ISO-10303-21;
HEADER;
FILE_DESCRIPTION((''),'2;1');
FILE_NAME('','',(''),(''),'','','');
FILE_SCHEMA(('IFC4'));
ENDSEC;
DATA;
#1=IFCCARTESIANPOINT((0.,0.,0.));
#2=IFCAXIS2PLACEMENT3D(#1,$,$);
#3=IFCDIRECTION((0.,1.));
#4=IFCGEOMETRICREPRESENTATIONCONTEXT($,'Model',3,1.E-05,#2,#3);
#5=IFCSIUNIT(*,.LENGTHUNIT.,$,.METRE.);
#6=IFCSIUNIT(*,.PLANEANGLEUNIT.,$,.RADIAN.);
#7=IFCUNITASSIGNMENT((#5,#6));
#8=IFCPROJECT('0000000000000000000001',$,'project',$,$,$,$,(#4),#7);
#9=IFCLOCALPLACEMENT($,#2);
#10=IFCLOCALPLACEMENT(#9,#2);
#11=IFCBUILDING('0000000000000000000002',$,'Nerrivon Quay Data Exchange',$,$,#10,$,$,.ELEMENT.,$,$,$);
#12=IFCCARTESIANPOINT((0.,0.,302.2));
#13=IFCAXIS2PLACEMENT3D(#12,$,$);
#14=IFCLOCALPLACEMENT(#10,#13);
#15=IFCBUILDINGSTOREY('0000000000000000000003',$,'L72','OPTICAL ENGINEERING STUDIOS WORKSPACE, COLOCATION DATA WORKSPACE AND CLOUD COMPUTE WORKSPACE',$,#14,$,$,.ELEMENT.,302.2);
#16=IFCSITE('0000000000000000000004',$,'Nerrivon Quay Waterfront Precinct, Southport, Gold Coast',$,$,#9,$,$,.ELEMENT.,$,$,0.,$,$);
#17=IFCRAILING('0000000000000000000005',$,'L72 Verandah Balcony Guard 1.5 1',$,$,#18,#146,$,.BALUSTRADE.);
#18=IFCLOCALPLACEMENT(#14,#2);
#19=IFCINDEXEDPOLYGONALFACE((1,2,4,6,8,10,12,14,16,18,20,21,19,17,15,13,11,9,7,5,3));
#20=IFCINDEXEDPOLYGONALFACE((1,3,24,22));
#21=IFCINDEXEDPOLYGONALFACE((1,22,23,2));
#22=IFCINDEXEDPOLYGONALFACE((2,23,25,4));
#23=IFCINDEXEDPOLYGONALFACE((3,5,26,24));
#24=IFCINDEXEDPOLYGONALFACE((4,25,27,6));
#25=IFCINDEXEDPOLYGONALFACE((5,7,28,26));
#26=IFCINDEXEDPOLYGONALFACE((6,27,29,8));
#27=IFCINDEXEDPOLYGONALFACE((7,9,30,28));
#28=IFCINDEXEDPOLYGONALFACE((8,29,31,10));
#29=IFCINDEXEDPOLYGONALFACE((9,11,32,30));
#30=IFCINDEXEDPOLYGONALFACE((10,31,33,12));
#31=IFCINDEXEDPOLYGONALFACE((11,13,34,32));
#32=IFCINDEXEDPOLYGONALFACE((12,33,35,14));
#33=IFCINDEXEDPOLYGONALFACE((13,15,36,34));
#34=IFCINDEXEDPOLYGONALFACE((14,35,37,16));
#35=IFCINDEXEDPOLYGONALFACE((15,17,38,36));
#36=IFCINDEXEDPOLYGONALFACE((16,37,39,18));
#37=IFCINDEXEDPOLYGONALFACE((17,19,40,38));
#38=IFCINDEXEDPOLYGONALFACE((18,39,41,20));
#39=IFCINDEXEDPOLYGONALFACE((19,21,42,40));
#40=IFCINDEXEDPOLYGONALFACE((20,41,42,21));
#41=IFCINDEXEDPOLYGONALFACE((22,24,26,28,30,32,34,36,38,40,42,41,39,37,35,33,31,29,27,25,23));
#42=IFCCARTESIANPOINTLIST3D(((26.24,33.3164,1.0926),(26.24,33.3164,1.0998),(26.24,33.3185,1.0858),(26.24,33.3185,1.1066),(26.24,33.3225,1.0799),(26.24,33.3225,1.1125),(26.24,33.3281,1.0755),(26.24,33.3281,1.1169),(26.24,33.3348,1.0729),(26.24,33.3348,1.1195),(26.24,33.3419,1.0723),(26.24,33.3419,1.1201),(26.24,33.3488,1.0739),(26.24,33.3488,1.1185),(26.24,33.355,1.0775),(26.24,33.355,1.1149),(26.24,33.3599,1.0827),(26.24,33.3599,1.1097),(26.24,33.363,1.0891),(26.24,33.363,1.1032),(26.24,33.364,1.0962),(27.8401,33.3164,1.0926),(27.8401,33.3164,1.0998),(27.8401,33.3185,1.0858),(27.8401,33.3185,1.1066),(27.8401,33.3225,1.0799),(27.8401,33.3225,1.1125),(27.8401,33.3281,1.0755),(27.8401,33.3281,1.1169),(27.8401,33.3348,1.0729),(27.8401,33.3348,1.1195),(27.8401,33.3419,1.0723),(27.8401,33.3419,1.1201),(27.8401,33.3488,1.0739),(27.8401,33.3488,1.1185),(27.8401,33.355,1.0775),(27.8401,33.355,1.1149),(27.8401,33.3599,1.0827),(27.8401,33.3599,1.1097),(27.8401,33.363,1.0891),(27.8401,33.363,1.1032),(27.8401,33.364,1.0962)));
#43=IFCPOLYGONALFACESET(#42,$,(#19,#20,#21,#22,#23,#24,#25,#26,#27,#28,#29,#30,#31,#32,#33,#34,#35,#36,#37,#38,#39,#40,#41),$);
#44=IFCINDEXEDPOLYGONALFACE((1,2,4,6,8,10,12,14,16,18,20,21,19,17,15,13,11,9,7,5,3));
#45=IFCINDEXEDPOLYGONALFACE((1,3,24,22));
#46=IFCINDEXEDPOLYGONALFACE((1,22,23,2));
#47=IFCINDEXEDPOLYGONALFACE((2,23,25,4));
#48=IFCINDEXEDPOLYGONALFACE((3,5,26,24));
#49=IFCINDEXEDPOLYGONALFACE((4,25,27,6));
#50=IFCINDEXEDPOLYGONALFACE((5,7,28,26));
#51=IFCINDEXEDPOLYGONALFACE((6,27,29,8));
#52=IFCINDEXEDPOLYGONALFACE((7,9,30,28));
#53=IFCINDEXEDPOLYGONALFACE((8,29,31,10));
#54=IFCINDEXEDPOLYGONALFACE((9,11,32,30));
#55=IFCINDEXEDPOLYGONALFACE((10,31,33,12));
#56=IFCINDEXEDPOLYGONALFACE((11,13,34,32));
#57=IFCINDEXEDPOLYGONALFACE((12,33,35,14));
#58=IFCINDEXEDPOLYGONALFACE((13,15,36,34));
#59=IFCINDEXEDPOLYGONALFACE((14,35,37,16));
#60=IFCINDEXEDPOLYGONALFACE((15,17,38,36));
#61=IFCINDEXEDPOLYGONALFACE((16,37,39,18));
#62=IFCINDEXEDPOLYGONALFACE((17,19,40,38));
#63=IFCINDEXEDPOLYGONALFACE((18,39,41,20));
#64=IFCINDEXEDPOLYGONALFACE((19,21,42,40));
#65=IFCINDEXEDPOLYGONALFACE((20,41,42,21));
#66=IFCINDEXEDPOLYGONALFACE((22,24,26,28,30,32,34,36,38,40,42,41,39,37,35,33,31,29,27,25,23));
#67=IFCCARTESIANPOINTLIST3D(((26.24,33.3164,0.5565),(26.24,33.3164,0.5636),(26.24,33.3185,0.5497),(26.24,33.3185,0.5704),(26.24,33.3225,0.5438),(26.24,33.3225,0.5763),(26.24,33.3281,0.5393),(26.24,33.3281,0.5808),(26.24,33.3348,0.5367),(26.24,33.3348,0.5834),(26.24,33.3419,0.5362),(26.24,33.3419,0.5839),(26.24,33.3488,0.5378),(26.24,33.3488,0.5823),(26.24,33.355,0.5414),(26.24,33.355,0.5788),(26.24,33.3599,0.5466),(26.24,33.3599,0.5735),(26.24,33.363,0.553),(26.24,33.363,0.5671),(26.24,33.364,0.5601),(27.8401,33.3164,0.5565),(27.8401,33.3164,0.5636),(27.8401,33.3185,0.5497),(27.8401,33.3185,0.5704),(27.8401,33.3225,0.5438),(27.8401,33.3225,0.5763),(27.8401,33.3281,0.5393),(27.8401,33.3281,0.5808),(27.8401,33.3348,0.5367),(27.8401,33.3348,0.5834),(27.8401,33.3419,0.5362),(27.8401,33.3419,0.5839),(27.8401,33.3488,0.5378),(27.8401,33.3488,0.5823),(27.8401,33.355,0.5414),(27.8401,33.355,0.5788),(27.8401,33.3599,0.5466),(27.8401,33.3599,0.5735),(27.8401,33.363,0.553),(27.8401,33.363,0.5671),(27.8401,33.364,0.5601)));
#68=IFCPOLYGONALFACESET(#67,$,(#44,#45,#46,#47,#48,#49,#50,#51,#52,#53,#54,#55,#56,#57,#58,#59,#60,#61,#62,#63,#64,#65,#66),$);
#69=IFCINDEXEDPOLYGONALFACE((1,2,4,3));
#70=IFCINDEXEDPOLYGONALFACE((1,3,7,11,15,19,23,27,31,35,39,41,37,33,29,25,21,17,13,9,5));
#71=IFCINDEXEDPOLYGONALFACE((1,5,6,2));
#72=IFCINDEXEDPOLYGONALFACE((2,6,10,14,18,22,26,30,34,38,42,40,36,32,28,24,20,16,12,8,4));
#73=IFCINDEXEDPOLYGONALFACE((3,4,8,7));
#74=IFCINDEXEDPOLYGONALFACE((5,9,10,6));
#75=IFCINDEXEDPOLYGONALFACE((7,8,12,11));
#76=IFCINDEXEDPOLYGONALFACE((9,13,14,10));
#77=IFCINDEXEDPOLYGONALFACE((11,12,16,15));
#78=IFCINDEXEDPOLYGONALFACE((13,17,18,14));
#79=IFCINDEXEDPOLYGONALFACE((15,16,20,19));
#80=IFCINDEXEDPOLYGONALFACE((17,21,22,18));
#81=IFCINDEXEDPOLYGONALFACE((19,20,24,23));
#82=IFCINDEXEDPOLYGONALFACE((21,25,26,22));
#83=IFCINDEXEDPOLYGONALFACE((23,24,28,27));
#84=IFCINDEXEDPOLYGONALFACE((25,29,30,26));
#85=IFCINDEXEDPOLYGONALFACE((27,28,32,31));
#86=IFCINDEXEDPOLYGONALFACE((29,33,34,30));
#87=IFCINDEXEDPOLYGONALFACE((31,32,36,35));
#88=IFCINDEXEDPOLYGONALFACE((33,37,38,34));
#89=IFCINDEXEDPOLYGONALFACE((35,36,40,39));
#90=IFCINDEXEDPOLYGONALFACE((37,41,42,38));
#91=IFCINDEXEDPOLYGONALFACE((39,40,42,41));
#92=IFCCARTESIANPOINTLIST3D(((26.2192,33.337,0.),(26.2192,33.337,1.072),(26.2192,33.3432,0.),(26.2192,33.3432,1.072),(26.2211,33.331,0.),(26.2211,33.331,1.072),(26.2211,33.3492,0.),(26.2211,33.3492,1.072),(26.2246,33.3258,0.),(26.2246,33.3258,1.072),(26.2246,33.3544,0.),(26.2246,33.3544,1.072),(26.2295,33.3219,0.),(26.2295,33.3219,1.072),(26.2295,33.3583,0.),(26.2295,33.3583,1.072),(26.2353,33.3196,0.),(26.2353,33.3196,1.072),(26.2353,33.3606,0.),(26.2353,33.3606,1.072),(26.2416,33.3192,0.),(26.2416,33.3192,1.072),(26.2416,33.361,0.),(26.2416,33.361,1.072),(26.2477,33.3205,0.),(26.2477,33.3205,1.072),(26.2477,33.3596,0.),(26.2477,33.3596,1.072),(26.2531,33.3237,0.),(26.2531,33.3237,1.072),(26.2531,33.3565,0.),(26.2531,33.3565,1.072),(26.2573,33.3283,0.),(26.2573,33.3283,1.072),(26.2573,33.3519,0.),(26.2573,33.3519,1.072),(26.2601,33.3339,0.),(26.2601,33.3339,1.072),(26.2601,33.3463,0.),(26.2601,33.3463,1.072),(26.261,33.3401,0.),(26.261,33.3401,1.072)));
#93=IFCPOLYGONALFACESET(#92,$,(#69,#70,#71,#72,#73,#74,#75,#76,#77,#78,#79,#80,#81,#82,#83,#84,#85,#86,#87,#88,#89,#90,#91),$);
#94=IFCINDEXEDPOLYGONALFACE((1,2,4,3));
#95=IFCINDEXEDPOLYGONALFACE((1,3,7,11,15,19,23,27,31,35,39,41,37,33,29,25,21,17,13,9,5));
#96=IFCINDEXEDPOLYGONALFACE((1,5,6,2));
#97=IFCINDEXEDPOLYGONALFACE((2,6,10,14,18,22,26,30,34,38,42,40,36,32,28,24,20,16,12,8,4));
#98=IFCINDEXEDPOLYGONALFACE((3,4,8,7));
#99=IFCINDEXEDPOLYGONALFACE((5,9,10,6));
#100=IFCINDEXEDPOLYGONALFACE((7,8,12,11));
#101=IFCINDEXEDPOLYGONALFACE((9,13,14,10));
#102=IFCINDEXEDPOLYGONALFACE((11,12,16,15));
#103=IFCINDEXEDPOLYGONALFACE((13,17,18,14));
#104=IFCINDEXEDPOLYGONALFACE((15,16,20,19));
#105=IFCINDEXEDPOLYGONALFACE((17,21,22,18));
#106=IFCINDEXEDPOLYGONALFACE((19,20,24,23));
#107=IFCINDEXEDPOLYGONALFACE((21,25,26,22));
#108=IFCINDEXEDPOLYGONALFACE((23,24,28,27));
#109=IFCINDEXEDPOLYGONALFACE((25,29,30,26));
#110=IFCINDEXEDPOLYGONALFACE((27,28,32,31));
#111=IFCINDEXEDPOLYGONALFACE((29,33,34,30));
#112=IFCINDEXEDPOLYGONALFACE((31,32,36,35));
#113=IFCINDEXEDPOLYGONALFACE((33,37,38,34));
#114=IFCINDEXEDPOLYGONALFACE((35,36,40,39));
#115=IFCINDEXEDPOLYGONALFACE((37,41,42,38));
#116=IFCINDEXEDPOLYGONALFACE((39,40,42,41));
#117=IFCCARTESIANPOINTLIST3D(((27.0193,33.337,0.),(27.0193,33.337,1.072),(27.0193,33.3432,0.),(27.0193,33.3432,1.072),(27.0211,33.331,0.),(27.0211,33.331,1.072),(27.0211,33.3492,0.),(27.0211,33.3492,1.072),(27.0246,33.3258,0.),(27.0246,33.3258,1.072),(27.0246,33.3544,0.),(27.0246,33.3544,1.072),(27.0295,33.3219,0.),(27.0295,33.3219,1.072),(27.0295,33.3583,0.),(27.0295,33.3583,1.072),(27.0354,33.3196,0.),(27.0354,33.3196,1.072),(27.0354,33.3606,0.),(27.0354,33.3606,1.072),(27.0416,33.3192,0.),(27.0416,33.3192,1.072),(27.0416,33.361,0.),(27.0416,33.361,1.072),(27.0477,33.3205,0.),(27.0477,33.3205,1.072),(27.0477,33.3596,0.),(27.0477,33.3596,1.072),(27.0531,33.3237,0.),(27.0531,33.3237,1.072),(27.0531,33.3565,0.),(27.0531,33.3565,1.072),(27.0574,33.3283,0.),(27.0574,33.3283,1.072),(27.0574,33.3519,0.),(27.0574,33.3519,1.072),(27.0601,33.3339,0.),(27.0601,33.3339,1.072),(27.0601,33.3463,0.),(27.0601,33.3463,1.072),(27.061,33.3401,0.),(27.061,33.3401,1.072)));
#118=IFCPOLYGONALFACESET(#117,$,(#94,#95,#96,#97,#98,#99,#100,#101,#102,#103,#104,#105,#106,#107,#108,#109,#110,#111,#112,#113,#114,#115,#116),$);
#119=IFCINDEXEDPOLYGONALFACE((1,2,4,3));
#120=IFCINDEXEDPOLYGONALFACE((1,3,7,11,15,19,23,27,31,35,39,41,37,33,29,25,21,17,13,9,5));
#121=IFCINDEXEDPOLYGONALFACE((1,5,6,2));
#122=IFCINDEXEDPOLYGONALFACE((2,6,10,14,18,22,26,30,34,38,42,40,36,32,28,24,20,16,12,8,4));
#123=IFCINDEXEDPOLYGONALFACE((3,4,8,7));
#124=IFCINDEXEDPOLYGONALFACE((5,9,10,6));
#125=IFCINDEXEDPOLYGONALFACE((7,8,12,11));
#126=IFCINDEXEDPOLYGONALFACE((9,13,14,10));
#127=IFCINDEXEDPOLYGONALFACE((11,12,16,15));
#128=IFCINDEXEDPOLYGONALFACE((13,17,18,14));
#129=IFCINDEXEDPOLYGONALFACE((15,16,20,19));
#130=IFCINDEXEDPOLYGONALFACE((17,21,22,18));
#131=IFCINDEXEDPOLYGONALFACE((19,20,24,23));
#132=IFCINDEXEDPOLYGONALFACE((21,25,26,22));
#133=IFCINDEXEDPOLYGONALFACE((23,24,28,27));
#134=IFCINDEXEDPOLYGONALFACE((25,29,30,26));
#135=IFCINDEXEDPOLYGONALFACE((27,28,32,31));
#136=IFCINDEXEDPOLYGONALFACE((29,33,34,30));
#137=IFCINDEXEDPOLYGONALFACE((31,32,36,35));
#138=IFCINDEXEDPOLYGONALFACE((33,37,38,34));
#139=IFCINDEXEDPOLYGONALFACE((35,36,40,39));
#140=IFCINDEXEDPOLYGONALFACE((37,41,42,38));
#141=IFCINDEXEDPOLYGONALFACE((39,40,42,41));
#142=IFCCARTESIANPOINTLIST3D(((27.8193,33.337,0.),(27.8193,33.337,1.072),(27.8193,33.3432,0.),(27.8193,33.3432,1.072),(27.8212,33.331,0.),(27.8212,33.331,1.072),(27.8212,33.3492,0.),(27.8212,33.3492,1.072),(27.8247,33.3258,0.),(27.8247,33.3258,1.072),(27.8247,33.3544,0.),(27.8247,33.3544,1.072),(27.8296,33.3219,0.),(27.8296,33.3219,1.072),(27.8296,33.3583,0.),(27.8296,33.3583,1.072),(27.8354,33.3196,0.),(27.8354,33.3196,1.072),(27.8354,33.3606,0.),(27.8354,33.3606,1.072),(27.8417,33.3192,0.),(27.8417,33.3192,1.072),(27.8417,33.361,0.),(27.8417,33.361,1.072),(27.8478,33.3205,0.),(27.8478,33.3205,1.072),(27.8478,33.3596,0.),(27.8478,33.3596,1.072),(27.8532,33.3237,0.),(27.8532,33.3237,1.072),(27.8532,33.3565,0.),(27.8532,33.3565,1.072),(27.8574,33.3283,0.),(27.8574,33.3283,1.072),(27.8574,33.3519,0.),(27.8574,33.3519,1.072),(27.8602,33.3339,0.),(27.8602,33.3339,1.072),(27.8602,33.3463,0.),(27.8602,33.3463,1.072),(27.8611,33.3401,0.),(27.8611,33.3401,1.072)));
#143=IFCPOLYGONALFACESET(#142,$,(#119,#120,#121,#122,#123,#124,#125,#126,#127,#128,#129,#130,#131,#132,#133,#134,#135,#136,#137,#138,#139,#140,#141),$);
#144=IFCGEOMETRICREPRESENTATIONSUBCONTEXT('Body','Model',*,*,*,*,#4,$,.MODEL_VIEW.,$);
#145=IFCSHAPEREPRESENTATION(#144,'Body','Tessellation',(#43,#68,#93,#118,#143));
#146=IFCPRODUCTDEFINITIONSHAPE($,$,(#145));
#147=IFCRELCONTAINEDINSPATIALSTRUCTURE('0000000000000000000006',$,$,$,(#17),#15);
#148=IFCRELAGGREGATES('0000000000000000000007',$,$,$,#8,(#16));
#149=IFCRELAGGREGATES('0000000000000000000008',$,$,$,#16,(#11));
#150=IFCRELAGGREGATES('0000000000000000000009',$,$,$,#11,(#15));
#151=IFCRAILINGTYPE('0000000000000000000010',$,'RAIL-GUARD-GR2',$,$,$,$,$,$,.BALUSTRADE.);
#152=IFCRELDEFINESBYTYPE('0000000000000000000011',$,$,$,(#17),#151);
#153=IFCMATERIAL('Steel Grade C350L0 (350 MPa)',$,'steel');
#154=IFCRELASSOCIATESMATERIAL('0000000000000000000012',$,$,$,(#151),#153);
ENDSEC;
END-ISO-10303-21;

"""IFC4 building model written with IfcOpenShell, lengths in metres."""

from ifc_helpers import new_model, si_unit, direction, frame, origin, origin_2d, place, context, subcontext, project, spatial, circle, extrude, material, type_object, element, save


model = new_model("IFC4")

# Units and contexts
model_context = context("Model", 3, precision=1e-05, world=origin(), true_north=direction((0.0, 1.0)))
body_context = subcontext(model_context, "Body", "Model", "MODEL_VIEW")
ifc_project = project(units=[si_unit("LENGTHUNIT", "METRE"), si_unit("PLANEANGLEUNIT", "RADIAN")], contexts=[model_context])

# Site, building, storey
site_placement = place(None, origin())
site = spatial("IfcSite", under=ifc_project, at=site_placement, Name="Nerrivon Quay Waterfront Precinct, Southport, Gold Coast", CompositionType="ELEMENT", RefElevation=0.0)
building_placement = place(site_placement, origin())
building = spatial("IfcBuilding", under=site, at=building_placement, Name="Nerrivon Quay Data Exchange", CompositionType="ELEMENT")
storey_placement = place(building_placement, frame((0.0, 0.0, 302.2)))
storey = spatial("IfcBuildingStorey", under=building, at=storey_placement, Name="L72", Description="OPTICAL ENGINEERING STUDIOS WORKSPACE, COLOCATION DATA WORKSPACE AND CLOUD COMPUTE WORKSPACE", CompositionType="ELEMENT", Elevation=302.2)

# Railing
ifc_material_1 = material(Name="Steel Grade C350L0 (350 MPa)", Category="steel")
railing_type = type_object("IfcRailingType", Name="RAIL-GUARD-GR2", PredefinedType="BALUSTRADE", material=ifc_material_1)
railing_1_placement = place(storey_placement, frame((26.24, 33.3401, 0.0)))
element("IfcRailing", 1, at=railing_1_placement, inside=storey, type_object=railing_type, Name="L72 Verandah Balcony Guard 1.5 1", PredefinedType="BALUSTRADE", context=body_context, shape_type="SweptSolid", body=[
    extrude(circle(Radius=0.0239, at=origin_2d()), frame((0.0, 0.0, 1.0962), z_axis=(1.0, 0.0, 0.0), x_axis=(0.0, 1.0, 0.0)), (0.0, 0.0, 1.0), 1.6001),
    extrude(circle(Radius=0.0239, at=origin_2d()), frame((0.0, 0.0, 0.5601), z_axis=(1.0, 0.0, 0.0), x_axis=(0.0, 1.0, 0.0)), (0.0, 0.0, 1.0), 1.6001),
    extrude(circle(Radius=0.021, at=origin_2d()), origin(), (0.0, 0.0, 1.0), 1.072),
    extrude(circle(Radius=0.021, at=origin_2d()), frame((0.8, 0.0, 0.0)), (0.0, 0.0, 1.0), 1.072),
    extrude(circle(Radius=0.021, at=origin_2d()), frame((1.6001, 0.0, 0.0)), (0.0, 0.0, 1.0), 1.072),
])

save(model, "model.ifc")
